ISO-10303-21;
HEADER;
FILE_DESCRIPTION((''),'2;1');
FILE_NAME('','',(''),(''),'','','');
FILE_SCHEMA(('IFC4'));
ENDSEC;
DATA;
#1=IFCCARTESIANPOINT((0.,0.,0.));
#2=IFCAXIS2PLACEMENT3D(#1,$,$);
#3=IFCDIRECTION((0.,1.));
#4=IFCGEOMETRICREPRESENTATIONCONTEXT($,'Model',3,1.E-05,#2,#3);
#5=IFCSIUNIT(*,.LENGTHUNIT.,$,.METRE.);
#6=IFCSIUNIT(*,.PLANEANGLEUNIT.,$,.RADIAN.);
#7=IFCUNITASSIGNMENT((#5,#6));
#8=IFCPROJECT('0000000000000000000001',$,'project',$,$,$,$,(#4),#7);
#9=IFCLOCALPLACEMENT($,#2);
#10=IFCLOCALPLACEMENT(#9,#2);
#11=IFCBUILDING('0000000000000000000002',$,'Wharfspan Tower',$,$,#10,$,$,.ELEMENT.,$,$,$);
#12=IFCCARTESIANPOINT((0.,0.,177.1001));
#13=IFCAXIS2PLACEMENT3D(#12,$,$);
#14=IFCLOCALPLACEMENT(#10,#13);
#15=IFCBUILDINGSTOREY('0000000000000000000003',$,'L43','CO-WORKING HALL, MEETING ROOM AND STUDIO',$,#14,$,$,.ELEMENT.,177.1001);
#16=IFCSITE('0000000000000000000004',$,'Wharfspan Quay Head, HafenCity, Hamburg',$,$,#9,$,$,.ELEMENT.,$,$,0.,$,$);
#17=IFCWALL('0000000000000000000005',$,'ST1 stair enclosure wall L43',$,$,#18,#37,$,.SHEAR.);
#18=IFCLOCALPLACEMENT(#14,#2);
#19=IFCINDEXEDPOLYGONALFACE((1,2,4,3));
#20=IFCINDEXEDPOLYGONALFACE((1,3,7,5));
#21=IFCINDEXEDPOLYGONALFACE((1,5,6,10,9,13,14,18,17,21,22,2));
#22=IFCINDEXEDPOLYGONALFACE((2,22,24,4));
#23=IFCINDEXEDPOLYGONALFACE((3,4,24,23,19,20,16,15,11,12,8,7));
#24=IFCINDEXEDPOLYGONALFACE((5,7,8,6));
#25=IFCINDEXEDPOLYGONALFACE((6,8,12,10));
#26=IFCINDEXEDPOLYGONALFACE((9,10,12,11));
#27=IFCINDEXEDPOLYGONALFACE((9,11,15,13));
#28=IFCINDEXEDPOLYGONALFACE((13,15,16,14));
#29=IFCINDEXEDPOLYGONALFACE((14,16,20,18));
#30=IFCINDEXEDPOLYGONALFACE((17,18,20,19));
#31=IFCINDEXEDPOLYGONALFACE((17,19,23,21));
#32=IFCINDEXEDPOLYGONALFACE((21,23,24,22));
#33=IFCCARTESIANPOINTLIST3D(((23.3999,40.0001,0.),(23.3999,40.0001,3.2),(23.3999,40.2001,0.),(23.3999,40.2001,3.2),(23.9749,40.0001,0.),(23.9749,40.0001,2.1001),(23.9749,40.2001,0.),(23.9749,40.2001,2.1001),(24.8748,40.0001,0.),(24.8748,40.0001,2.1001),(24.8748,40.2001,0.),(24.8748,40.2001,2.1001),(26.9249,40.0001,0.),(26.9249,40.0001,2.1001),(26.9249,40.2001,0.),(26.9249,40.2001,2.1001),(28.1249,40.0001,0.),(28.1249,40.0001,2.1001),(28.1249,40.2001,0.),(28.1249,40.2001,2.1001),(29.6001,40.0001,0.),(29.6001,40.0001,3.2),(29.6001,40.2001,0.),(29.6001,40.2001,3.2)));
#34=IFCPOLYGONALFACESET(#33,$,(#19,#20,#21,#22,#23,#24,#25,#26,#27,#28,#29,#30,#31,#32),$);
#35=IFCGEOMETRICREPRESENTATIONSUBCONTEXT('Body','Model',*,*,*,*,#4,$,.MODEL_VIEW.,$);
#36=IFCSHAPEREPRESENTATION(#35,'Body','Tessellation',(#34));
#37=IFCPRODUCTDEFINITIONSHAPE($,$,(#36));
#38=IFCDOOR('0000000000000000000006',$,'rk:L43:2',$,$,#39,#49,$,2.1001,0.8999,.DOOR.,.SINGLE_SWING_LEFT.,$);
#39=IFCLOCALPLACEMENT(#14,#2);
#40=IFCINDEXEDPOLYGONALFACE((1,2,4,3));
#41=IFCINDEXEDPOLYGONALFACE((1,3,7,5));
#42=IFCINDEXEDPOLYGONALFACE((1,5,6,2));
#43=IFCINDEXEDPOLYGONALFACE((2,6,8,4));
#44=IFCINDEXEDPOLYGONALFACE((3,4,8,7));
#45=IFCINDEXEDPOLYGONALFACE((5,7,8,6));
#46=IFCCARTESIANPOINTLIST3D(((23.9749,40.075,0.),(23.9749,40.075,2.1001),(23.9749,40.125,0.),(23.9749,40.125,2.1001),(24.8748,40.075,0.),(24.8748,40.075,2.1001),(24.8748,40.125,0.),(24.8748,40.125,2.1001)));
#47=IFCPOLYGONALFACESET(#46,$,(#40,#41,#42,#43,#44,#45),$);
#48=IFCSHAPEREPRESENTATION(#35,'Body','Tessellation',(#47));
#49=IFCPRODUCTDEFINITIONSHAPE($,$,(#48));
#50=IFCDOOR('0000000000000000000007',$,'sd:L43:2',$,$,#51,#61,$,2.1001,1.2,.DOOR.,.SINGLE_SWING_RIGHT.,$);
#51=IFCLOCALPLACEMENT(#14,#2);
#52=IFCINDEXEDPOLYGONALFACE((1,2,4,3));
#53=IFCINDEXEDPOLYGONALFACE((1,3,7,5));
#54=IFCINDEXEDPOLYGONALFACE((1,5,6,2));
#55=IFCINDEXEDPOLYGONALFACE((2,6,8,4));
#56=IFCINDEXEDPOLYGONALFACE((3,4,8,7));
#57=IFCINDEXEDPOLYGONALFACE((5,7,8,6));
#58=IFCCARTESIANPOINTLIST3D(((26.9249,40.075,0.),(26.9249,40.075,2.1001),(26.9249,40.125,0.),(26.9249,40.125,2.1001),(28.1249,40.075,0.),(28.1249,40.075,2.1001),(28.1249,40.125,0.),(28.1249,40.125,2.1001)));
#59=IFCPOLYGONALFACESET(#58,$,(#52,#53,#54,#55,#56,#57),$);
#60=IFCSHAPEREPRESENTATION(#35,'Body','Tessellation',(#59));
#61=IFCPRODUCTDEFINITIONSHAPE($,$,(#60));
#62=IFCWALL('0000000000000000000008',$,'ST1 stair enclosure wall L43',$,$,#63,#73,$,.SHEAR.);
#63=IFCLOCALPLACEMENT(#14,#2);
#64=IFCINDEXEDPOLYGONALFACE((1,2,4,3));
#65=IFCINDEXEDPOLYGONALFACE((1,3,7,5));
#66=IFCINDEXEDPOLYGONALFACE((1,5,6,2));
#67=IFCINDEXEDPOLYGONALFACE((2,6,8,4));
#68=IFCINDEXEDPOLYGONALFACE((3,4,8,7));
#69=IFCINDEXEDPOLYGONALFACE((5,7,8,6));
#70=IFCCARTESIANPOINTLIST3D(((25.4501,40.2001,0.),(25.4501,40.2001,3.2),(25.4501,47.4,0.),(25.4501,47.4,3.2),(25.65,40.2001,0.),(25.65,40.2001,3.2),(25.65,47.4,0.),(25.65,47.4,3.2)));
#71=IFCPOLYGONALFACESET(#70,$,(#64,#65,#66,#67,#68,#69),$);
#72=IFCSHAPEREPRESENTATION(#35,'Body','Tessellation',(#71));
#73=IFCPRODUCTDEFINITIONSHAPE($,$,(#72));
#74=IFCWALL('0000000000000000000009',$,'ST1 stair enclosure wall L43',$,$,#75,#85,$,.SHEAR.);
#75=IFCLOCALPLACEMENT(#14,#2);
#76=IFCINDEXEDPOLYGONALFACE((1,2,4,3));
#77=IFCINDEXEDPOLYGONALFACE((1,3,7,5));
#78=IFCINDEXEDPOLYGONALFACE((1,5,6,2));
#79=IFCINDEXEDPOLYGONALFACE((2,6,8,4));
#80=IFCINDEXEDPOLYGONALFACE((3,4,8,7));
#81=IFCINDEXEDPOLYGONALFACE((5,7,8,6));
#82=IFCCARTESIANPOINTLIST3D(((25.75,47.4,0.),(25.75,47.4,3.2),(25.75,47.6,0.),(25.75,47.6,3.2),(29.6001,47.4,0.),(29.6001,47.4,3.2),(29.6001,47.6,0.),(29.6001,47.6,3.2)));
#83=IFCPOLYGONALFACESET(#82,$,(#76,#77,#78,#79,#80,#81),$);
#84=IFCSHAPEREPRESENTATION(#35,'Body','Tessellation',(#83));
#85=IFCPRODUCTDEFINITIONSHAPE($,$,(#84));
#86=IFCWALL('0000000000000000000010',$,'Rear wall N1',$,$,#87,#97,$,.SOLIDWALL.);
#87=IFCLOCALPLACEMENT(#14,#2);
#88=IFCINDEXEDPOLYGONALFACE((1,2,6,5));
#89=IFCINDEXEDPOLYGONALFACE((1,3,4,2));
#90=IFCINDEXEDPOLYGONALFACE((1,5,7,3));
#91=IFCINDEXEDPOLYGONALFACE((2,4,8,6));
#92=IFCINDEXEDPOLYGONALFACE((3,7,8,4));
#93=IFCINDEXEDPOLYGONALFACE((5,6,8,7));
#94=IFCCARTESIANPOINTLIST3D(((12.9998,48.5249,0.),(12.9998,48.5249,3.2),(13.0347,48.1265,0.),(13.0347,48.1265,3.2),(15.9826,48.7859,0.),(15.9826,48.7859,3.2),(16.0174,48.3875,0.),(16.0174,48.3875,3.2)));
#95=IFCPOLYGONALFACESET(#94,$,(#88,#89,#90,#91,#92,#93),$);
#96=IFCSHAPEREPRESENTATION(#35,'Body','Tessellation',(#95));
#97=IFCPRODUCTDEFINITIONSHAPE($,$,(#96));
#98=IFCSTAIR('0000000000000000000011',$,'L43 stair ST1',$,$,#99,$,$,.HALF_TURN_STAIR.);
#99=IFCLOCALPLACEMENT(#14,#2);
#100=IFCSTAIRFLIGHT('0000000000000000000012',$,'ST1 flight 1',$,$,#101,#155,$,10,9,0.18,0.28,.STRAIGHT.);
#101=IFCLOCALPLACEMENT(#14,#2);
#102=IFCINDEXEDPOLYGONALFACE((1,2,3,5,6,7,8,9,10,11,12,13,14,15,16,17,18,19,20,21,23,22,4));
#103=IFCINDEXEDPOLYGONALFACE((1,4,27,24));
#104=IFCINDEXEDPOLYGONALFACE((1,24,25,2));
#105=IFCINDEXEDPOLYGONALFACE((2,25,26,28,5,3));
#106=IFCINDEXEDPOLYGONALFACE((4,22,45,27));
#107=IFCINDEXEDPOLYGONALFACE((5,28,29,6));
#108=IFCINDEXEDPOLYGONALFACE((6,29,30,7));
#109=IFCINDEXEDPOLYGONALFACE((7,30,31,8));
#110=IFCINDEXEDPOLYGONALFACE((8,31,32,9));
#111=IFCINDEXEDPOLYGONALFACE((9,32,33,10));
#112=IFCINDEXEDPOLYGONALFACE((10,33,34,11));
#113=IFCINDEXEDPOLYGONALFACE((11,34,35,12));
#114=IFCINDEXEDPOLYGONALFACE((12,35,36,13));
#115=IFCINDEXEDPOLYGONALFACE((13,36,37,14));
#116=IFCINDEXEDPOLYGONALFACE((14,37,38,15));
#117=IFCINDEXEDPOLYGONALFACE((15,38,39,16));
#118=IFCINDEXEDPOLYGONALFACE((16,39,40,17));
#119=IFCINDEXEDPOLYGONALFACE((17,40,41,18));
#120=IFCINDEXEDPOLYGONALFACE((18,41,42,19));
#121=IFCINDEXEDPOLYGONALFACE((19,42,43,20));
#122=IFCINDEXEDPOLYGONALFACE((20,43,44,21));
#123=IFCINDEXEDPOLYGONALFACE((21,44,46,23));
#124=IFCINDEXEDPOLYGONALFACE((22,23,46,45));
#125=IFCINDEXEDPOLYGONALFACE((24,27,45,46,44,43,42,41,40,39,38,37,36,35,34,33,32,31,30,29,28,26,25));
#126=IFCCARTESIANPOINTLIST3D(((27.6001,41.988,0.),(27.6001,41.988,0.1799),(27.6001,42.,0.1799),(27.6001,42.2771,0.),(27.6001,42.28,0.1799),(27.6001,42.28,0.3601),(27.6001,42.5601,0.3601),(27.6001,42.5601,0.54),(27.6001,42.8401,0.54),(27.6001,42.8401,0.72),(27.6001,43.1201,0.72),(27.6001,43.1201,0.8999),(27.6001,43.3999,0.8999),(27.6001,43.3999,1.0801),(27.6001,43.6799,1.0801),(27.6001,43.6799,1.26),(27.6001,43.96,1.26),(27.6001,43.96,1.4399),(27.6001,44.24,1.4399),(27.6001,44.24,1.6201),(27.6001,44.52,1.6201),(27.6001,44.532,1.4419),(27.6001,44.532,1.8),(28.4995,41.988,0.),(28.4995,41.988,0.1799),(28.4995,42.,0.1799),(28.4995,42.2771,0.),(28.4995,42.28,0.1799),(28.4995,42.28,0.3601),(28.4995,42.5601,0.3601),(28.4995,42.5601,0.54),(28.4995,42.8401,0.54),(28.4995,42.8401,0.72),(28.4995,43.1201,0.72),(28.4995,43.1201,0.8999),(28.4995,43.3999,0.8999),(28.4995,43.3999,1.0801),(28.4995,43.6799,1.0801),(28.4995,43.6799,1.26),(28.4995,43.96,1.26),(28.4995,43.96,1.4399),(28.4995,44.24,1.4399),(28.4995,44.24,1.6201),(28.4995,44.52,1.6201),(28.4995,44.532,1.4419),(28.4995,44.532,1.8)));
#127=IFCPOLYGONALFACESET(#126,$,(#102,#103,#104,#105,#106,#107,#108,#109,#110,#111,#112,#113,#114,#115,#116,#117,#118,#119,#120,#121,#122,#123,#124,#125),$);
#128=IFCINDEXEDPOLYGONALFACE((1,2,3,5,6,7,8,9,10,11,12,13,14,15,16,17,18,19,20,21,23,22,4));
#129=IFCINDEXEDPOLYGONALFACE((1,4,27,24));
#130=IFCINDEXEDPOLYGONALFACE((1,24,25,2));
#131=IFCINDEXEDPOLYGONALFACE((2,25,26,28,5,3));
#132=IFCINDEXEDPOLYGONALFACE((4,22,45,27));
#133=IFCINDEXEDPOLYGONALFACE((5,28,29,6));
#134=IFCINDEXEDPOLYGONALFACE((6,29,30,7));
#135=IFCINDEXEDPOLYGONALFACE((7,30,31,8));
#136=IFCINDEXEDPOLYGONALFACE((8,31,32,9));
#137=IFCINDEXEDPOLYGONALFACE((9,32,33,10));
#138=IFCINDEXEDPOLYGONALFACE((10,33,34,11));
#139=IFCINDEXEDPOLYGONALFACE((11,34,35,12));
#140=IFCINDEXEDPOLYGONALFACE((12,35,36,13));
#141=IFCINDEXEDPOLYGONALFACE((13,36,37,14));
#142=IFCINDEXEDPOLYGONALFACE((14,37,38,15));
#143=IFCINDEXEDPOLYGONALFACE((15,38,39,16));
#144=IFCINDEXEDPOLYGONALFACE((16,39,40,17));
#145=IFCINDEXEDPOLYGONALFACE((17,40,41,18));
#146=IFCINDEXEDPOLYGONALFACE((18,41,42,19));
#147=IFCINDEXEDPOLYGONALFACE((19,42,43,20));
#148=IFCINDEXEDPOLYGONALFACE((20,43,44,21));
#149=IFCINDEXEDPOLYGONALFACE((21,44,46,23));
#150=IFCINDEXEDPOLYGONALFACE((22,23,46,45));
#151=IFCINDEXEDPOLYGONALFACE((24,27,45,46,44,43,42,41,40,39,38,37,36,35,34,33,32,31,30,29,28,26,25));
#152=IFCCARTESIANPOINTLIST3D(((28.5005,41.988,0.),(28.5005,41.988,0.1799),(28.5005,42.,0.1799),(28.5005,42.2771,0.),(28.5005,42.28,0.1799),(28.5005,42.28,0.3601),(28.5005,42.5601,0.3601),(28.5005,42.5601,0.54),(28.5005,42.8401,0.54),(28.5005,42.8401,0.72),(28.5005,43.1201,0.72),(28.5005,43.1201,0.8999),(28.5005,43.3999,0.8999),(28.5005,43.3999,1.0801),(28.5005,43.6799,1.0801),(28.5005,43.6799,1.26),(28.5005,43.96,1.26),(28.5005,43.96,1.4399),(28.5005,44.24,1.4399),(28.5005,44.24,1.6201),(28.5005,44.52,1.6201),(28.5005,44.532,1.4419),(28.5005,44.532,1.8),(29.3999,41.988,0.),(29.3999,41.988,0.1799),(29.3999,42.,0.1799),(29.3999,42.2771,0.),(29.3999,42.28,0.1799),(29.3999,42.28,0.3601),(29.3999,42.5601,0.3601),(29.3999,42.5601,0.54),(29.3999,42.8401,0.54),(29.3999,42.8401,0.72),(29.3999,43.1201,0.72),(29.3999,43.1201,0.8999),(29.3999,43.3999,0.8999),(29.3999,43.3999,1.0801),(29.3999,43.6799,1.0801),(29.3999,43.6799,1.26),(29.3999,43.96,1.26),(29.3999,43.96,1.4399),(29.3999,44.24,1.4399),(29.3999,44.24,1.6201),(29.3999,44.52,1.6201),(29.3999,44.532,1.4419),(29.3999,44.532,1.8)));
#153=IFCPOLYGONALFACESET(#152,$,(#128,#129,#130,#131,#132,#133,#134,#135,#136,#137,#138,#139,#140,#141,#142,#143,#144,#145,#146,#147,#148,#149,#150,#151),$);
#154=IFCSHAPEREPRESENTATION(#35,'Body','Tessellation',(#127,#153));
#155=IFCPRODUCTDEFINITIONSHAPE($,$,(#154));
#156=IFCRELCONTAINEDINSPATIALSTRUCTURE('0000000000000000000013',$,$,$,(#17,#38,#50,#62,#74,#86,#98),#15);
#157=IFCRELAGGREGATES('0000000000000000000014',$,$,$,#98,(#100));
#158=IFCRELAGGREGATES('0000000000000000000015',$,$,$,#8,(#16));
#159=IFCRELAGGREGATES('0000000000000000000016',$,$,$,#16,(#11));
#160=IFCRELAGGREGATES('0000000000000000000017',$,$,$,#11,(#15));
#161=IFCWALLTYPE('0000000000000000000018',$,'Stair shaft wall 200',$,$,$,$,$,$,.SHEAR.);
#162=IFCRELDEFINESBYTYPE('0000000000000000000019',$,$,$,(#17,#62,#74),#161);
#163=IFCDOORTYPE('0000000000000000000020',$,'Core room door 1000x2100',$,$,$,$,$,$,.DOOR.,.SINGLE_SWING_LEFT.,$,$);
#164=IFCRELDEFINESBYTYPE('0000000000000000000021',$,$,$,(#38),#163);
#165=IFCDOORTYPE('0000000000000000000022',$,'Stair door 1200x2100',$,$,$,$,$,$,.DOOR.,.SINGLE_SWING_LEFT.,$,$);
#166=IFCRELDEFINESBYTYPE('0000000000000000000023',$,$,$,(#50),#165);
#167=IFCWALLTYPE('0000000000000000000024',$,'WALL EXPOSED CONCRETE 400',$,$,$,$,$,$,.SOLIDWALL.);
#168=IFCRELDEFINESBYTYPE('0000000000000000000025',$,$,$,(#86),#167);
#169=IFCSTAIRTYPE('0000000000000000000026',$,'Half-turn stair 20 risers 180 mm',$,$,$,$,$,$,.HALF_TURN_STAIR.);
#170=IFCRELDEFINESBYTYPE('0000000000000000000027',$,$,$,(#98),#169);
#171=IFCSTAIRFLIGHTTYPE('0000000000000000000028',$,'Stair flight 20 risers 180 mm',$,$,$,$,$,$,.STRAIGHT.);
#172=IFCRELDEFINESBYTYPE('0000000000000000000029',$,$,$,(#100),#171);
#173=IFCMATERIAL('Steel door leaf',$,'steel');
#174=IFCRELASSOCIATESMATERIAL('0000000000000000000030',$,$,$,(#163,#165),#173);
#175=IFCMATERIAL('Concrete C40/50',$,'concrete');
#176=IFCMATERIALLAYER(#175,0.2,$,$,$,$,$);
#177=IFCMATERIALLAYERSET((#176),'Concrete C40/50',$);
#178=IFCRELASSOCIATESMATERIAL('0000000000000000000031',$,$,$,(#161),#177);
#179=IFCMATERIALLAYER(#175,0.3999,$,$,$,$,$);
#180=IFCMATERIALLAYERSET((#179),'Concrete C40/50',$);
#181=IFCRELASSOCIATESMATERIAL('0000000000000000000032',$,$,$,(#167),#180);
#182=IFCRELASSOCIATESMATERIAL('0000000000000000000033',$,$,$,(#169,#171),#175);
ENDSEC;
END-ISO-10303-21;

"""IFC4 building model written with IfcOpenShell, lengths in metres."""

from ifc_helpers import new_model, si_unit, direction, frame, frame_2d, origin, place, context, subcontext, project, spatial, polyline, rectangle, outline, extrude, material, layer, layer_set, type_object, element, fill, aggregate, save


model = new_model("IFC4")

# Units and contexts
model_context = context("Model", 3, precision=1e-05, world=origin(), true_north=direction((0.0, 1.0)))
body_context = subcontext(model_context, "Body", "Model", "MODEL_VIEW")
ifc_project = project(units=[si_unit("LENGTHUNIT", "METRE"), si_unit("PLANEANGLEUNIT", "RADIAN")], contexts=[model_context])

# Site, building, storey
site_placement = place(None, origin())
site = spatial("IfcSite", under=ifc_project, at=site_placement, Name="Wharfspan Quay Head, HafenCity, Hamburg", CompositionType="ELEMENT", RefElevation=0.0)
building_placement = place(site_placement, origin())
building = spatial("IfcBuilding", under=site, at=building_placement, Name="Wharfspan Tower", CompositionType="ELEMENT")
storey_placement = place(building_placement, frame((0.0, 0.0, 177.1001)))
storey = spatial("IfcBuildingStorey", under=building, at=storey_placement, Name="L43", Description="CO-WORKING HALL, MEETING ROOM AND STUDIO", CompositionType="ELEMENT", Elevation=177.1001)

# Shared definitions
ifc_material_1 = material(Name="Steel door leaf", Category="steel")
door_type_1 = type_object("IfcDoorType", Name="Core room door 1000x2100", OperationType="SINGLE_SWING_LEFT", PredefinedType="DOOR", material=ifc_material_1)

# Wall, openings, doors
ifc_material_2 = material(Name="Concrete C40/50", Category="concrete")
ifc_layer_1 = layer(ifc_material_2, 0.2)
ifc_layer_set_1 = layer_set([ifc_layer_1], Name="Concrete C40/50")
wall_type_1 = type_object("IfcWallType", Name="Stair shaft wall 200", PredefinedType="SHEAR", material=ifc_layer_set_1)
wall_1_placement = place(storey_placement, frame((23.3999, 40.1001, 0.0), z_axis=(0.0, 0.0, 1.0), x_axis=(1.0, 0.0, 0.0)))
wall_1 = element("IfcWall", 1, at=wall_1_placement, inside=storey, type_object=wall_type_1, Name="ST1 stair enclosure wall L43", PredefinedType="SHEAR", context=body_context, shape_type="SweptSolid", body=[
    extrude(rectangle(XDim=6.2002, YDim=0.2, at=frame_2d((3.1001, 0.0))), origin(), (0.0, 0.0, 1.0), 3.2),
])
opening_1_placement = place(wall_1_placement, frame((3.5249, 0.0, 0.0)))
opening_1 = element("IfcOpeningElement", 2, at=opening_1_placement, cuts=wall_1, PredefinedType="OPENING", context=body_context, shape_type="SweptSolid", body=[
    extrude(rectangle(XDim=1.2, YDim=2.1001, at=frame_2d((0.6001, 1.05))), frame((0.0, 0.1099, 0.0), z_axis=(0.0, -1.0, 0.0), x_axis=(1.0, 0.0, 0.0)), (0.0, 0.0, 1.0), 0.22),
])
opening_2_placement = place(wall_1_placement, frame((0.575, 0.0, 0.0)))
opening_2 = element("IfcOpeningElement", 3, at=opening_2_placement, cuts=wall_1, PredefinedType="OPENING", context=body_context, shape_type="SweptSolid", body=[
    extrude(rectangle(XDim=0.8999, YDim=2.1001, at=frame_2d((0.45, 1.05))), frame((0.0, 0.1099, 0.0), z_axis=(0.0, -1.0, 0.0), x_axis=(1.0, 0.0, 0.0)), (0.0, 0.0, 1.0), 0.22),
])
door_1_placement = place(opening_2_placement, origin())
door_1 = element("IfcDoor", 4, at=door_1_placement, inside=storey, type_object=door_type_1, Name="rk:L43:2", OperationType="SINGLE_SWING_LEFT", OverallHeight=2.1001, OverallWidth=0.8999, PredefinedType="DOOR", context=body_context, shape_type="SweptSolid", body=[
    extrude(rectangle(XDim=0.8999, YDim=2.1001, at=frame_2d((0.45, 1.05))), frame((0.0, 0.0249, 0.0), z_axis=(0.0, -1.0, 0.0), x_axis=(1.0, 0.0, 0.0)), (0.0, 0.0, 1.0), 0.05),
])
fill(opening_2, door_1)
door_type_2 = type_object("IfcDoorType", Name="Stair door 1200x2100", OperationType="SINGLE_SWING_LEFT", PredefinedType="DOOR", material=ifc_material_1)
door_2_placement = place(opening_1_placement, origin())
door_2 = element("IfcDoor", 5, at=door_2_placement, inside=storey, type_object=door_type_2, Name="sd:L43:2", OperationType="SINGLE_SWING_RIGHT", OverallHeight=2.1001, OverallWidth=1.2, PredefinedType="DOOR", context=body_context, shape_type="SweptSolid", body=[
    extrude(rectangle(XDim=1.2, YDim=2.1001, at=frame_2d((0.6001, 1.05))), frame((0.0, 0.0249, 0.0), z_axis=(0.0, -1.0, 0.0), x_axis=(1.0, 0.0, 0.0)), (0.0, 0.0, 1.0), 0.05),
])
fill(opening_1, door_2)

# Walls
wall_2_placement = place(storey_placement, frame((25.55, 40.2, 0.0), z_axis=(0.0, 0.0, 1.0), x_axis=(0.0, 1.0, 0.0)))
element("IfcWall", 6, at=wall_2_placement, inside=storey, type_object=wall_type_1, Name="ST1 stair enclosure wall L43", PredefinedType="SHEAR", context=body_context, shape_type="SweptSolid", body=[
    extrude(rectangle(XDim=7.2, YDim=0.2, at=frame_2d((3.6001, 0.0))), origin(), (0.0, 0.0, 1.0), 3.2),
])
wall_3_placement = place(storey_placement, frame((25.75, 47.5, 0.0), z_axis=(0.0, 0.0, 1.0), x_axis=(1.0, 0.0, 0.0)))
element("IfcWall", 7, at=wall_3_placement, inside=storey, type_object=wall_type_1, Name="ST1 stair enclosure wall L43", PredefinedType="SHEAR", context=body_context, shape_type="SweptSolid", body=[
    extrude(rectangle(XDim=3.8501, YDim=0.2, at=frame_2d((1.925, 0.0))), origin(), (0.0, 0.0, 1.0), 3.2),
])
ifc_layer_2 = layer(ifc_material_2, 0.3999)
ifc_layer_set_2 = layer_set([ifc_layer_2], Name="Concrete C40/50")
wall_type_2 = type_object("IfcWallType", Name="WALL EXPOSED CONCRETE 400", PredefinedType="SOLIDWALL", material=ifc_layer_set_2)
wall_4_placement = place(storey_placement, frame((16.0, 48.5867, 0.0), z_axis=(0.0, 0.0, 1.0), x_axis=(-0.996194, -0.087168, 0.0)))
element("IfcWall", 8, at=wall_4_placement, inside=storey, type_object=wall_type_2, Name="Rear wall N1", PredefinedType="SOLIDWALL", context=body_context, shape_type="SweptSolid", body=[
    extrude(rectangle(XDim=2.9941, YDim=0.3999, at=frame_2d((1.4971, 0.0))), origin(), (0.0, 0.0, 1.0), 3.2),
])

# Stair, stair flight
stair_type = type_object("IfcStairType", Name="Half-turn stair 20 risers 180 mm", PredefinedType="HALF_TURN_STAIR", material=ifc_material_2)
stair_placement = place(storey_placement, origin())
stair = element("IfcStair", 9, at=stair_placement, inside=storey, type_object=stair_type, Name="L43 stair ST1", PredefinedType="HALF_TURN_STAIR")
stair_flight_type = type_object("IfcStairFlightType", Name="Stair flight 20 risers 180 mm", PredefinedType="STRAIGHT", material=ifc_material_2)
stair_flight_1_placement = place(storey_placement, frame((28.5, 42.0, 0.0), z_axis=(0.0, 0.0, 1.0), x_axis=(0.0, 1.0, 0.0)))
stair_flight_1 = element("IfcStairFlight", 10, at=stair_flight_1_placement, type_object=stair_flight_type, Name="ST1 flight 1", NumberOfRisers=10, NumberOfTreads=9, PredefinedType="STRAIGHT", RiserHeight=0.18, TreadLength=0.28, context=body_context, shape_type="SweptSolid", body=[
    extrude(outline(polyline([(-0.012, 0.0), (-0.012, 0.1799), (0.0, 0.1799), (0.28, 0.1799), (0.28, 0.3601), (0.5601, 0.3601), (0.5601, 0.54), (0.8401, 0.54), (0.8401, 0.72), (1.1201, 0.72), (1.1201, 0.8999), (1.3999, 0.8999), (1.3999, 1.0801), (1.6799, 1.0801), (1.6799, 1.26), (1.96, 1.26), (1.96, 1.4399), (2.24, 1.4399), (2.24, 1.6201), (2.52, 1.6201), (2.532, 1.8), (2.532, 1.4419), (0.2771, 0.0), (-0.012, 0.0)])), frame((0.0, 0.8999, 0.0), z_axis=(0.0, -1.0, 0.0), x_axis=(1.0, 0.0, 0.0)), (0.0, 0.0, 1.0), 0.8994),
    extrude(outline(polyline([(-0.012, 0.0), (-0.012, 0.1799), (0.0, 0.1799), (0.28, 0.1799), (0.28, 0.3601), (0.5601, 0.3601), (0.5601, 0.54), (0.8401, 0.54), (0.8401, 0.72), (1.1201, 0.72), (1.1201, 0.8999), (1.3999, 0.8999), (1.3999, 1.0801), (1.6799, 1.0801), (1.6799, 1.26), (1.96, 1.26), (1.96, 1.4399), (2.24, 1.4399), (2.24, 1.6201), (2.52, 1.6201), (2.532, 1.8), (2.532, 1.4419), (0.2771, 0.0), (-0.012, 0.0)])), frame((0.0, -0.0005, 0.0), z_axis=(0.0, -1.0, 0.0), x_axis=(1.0, 0.0, 0.0)), (0.0, 0.0, 1.0), 0.8994),
])
aggregate(stair, [stair_flight_1])

save(model, "model.ifc")
